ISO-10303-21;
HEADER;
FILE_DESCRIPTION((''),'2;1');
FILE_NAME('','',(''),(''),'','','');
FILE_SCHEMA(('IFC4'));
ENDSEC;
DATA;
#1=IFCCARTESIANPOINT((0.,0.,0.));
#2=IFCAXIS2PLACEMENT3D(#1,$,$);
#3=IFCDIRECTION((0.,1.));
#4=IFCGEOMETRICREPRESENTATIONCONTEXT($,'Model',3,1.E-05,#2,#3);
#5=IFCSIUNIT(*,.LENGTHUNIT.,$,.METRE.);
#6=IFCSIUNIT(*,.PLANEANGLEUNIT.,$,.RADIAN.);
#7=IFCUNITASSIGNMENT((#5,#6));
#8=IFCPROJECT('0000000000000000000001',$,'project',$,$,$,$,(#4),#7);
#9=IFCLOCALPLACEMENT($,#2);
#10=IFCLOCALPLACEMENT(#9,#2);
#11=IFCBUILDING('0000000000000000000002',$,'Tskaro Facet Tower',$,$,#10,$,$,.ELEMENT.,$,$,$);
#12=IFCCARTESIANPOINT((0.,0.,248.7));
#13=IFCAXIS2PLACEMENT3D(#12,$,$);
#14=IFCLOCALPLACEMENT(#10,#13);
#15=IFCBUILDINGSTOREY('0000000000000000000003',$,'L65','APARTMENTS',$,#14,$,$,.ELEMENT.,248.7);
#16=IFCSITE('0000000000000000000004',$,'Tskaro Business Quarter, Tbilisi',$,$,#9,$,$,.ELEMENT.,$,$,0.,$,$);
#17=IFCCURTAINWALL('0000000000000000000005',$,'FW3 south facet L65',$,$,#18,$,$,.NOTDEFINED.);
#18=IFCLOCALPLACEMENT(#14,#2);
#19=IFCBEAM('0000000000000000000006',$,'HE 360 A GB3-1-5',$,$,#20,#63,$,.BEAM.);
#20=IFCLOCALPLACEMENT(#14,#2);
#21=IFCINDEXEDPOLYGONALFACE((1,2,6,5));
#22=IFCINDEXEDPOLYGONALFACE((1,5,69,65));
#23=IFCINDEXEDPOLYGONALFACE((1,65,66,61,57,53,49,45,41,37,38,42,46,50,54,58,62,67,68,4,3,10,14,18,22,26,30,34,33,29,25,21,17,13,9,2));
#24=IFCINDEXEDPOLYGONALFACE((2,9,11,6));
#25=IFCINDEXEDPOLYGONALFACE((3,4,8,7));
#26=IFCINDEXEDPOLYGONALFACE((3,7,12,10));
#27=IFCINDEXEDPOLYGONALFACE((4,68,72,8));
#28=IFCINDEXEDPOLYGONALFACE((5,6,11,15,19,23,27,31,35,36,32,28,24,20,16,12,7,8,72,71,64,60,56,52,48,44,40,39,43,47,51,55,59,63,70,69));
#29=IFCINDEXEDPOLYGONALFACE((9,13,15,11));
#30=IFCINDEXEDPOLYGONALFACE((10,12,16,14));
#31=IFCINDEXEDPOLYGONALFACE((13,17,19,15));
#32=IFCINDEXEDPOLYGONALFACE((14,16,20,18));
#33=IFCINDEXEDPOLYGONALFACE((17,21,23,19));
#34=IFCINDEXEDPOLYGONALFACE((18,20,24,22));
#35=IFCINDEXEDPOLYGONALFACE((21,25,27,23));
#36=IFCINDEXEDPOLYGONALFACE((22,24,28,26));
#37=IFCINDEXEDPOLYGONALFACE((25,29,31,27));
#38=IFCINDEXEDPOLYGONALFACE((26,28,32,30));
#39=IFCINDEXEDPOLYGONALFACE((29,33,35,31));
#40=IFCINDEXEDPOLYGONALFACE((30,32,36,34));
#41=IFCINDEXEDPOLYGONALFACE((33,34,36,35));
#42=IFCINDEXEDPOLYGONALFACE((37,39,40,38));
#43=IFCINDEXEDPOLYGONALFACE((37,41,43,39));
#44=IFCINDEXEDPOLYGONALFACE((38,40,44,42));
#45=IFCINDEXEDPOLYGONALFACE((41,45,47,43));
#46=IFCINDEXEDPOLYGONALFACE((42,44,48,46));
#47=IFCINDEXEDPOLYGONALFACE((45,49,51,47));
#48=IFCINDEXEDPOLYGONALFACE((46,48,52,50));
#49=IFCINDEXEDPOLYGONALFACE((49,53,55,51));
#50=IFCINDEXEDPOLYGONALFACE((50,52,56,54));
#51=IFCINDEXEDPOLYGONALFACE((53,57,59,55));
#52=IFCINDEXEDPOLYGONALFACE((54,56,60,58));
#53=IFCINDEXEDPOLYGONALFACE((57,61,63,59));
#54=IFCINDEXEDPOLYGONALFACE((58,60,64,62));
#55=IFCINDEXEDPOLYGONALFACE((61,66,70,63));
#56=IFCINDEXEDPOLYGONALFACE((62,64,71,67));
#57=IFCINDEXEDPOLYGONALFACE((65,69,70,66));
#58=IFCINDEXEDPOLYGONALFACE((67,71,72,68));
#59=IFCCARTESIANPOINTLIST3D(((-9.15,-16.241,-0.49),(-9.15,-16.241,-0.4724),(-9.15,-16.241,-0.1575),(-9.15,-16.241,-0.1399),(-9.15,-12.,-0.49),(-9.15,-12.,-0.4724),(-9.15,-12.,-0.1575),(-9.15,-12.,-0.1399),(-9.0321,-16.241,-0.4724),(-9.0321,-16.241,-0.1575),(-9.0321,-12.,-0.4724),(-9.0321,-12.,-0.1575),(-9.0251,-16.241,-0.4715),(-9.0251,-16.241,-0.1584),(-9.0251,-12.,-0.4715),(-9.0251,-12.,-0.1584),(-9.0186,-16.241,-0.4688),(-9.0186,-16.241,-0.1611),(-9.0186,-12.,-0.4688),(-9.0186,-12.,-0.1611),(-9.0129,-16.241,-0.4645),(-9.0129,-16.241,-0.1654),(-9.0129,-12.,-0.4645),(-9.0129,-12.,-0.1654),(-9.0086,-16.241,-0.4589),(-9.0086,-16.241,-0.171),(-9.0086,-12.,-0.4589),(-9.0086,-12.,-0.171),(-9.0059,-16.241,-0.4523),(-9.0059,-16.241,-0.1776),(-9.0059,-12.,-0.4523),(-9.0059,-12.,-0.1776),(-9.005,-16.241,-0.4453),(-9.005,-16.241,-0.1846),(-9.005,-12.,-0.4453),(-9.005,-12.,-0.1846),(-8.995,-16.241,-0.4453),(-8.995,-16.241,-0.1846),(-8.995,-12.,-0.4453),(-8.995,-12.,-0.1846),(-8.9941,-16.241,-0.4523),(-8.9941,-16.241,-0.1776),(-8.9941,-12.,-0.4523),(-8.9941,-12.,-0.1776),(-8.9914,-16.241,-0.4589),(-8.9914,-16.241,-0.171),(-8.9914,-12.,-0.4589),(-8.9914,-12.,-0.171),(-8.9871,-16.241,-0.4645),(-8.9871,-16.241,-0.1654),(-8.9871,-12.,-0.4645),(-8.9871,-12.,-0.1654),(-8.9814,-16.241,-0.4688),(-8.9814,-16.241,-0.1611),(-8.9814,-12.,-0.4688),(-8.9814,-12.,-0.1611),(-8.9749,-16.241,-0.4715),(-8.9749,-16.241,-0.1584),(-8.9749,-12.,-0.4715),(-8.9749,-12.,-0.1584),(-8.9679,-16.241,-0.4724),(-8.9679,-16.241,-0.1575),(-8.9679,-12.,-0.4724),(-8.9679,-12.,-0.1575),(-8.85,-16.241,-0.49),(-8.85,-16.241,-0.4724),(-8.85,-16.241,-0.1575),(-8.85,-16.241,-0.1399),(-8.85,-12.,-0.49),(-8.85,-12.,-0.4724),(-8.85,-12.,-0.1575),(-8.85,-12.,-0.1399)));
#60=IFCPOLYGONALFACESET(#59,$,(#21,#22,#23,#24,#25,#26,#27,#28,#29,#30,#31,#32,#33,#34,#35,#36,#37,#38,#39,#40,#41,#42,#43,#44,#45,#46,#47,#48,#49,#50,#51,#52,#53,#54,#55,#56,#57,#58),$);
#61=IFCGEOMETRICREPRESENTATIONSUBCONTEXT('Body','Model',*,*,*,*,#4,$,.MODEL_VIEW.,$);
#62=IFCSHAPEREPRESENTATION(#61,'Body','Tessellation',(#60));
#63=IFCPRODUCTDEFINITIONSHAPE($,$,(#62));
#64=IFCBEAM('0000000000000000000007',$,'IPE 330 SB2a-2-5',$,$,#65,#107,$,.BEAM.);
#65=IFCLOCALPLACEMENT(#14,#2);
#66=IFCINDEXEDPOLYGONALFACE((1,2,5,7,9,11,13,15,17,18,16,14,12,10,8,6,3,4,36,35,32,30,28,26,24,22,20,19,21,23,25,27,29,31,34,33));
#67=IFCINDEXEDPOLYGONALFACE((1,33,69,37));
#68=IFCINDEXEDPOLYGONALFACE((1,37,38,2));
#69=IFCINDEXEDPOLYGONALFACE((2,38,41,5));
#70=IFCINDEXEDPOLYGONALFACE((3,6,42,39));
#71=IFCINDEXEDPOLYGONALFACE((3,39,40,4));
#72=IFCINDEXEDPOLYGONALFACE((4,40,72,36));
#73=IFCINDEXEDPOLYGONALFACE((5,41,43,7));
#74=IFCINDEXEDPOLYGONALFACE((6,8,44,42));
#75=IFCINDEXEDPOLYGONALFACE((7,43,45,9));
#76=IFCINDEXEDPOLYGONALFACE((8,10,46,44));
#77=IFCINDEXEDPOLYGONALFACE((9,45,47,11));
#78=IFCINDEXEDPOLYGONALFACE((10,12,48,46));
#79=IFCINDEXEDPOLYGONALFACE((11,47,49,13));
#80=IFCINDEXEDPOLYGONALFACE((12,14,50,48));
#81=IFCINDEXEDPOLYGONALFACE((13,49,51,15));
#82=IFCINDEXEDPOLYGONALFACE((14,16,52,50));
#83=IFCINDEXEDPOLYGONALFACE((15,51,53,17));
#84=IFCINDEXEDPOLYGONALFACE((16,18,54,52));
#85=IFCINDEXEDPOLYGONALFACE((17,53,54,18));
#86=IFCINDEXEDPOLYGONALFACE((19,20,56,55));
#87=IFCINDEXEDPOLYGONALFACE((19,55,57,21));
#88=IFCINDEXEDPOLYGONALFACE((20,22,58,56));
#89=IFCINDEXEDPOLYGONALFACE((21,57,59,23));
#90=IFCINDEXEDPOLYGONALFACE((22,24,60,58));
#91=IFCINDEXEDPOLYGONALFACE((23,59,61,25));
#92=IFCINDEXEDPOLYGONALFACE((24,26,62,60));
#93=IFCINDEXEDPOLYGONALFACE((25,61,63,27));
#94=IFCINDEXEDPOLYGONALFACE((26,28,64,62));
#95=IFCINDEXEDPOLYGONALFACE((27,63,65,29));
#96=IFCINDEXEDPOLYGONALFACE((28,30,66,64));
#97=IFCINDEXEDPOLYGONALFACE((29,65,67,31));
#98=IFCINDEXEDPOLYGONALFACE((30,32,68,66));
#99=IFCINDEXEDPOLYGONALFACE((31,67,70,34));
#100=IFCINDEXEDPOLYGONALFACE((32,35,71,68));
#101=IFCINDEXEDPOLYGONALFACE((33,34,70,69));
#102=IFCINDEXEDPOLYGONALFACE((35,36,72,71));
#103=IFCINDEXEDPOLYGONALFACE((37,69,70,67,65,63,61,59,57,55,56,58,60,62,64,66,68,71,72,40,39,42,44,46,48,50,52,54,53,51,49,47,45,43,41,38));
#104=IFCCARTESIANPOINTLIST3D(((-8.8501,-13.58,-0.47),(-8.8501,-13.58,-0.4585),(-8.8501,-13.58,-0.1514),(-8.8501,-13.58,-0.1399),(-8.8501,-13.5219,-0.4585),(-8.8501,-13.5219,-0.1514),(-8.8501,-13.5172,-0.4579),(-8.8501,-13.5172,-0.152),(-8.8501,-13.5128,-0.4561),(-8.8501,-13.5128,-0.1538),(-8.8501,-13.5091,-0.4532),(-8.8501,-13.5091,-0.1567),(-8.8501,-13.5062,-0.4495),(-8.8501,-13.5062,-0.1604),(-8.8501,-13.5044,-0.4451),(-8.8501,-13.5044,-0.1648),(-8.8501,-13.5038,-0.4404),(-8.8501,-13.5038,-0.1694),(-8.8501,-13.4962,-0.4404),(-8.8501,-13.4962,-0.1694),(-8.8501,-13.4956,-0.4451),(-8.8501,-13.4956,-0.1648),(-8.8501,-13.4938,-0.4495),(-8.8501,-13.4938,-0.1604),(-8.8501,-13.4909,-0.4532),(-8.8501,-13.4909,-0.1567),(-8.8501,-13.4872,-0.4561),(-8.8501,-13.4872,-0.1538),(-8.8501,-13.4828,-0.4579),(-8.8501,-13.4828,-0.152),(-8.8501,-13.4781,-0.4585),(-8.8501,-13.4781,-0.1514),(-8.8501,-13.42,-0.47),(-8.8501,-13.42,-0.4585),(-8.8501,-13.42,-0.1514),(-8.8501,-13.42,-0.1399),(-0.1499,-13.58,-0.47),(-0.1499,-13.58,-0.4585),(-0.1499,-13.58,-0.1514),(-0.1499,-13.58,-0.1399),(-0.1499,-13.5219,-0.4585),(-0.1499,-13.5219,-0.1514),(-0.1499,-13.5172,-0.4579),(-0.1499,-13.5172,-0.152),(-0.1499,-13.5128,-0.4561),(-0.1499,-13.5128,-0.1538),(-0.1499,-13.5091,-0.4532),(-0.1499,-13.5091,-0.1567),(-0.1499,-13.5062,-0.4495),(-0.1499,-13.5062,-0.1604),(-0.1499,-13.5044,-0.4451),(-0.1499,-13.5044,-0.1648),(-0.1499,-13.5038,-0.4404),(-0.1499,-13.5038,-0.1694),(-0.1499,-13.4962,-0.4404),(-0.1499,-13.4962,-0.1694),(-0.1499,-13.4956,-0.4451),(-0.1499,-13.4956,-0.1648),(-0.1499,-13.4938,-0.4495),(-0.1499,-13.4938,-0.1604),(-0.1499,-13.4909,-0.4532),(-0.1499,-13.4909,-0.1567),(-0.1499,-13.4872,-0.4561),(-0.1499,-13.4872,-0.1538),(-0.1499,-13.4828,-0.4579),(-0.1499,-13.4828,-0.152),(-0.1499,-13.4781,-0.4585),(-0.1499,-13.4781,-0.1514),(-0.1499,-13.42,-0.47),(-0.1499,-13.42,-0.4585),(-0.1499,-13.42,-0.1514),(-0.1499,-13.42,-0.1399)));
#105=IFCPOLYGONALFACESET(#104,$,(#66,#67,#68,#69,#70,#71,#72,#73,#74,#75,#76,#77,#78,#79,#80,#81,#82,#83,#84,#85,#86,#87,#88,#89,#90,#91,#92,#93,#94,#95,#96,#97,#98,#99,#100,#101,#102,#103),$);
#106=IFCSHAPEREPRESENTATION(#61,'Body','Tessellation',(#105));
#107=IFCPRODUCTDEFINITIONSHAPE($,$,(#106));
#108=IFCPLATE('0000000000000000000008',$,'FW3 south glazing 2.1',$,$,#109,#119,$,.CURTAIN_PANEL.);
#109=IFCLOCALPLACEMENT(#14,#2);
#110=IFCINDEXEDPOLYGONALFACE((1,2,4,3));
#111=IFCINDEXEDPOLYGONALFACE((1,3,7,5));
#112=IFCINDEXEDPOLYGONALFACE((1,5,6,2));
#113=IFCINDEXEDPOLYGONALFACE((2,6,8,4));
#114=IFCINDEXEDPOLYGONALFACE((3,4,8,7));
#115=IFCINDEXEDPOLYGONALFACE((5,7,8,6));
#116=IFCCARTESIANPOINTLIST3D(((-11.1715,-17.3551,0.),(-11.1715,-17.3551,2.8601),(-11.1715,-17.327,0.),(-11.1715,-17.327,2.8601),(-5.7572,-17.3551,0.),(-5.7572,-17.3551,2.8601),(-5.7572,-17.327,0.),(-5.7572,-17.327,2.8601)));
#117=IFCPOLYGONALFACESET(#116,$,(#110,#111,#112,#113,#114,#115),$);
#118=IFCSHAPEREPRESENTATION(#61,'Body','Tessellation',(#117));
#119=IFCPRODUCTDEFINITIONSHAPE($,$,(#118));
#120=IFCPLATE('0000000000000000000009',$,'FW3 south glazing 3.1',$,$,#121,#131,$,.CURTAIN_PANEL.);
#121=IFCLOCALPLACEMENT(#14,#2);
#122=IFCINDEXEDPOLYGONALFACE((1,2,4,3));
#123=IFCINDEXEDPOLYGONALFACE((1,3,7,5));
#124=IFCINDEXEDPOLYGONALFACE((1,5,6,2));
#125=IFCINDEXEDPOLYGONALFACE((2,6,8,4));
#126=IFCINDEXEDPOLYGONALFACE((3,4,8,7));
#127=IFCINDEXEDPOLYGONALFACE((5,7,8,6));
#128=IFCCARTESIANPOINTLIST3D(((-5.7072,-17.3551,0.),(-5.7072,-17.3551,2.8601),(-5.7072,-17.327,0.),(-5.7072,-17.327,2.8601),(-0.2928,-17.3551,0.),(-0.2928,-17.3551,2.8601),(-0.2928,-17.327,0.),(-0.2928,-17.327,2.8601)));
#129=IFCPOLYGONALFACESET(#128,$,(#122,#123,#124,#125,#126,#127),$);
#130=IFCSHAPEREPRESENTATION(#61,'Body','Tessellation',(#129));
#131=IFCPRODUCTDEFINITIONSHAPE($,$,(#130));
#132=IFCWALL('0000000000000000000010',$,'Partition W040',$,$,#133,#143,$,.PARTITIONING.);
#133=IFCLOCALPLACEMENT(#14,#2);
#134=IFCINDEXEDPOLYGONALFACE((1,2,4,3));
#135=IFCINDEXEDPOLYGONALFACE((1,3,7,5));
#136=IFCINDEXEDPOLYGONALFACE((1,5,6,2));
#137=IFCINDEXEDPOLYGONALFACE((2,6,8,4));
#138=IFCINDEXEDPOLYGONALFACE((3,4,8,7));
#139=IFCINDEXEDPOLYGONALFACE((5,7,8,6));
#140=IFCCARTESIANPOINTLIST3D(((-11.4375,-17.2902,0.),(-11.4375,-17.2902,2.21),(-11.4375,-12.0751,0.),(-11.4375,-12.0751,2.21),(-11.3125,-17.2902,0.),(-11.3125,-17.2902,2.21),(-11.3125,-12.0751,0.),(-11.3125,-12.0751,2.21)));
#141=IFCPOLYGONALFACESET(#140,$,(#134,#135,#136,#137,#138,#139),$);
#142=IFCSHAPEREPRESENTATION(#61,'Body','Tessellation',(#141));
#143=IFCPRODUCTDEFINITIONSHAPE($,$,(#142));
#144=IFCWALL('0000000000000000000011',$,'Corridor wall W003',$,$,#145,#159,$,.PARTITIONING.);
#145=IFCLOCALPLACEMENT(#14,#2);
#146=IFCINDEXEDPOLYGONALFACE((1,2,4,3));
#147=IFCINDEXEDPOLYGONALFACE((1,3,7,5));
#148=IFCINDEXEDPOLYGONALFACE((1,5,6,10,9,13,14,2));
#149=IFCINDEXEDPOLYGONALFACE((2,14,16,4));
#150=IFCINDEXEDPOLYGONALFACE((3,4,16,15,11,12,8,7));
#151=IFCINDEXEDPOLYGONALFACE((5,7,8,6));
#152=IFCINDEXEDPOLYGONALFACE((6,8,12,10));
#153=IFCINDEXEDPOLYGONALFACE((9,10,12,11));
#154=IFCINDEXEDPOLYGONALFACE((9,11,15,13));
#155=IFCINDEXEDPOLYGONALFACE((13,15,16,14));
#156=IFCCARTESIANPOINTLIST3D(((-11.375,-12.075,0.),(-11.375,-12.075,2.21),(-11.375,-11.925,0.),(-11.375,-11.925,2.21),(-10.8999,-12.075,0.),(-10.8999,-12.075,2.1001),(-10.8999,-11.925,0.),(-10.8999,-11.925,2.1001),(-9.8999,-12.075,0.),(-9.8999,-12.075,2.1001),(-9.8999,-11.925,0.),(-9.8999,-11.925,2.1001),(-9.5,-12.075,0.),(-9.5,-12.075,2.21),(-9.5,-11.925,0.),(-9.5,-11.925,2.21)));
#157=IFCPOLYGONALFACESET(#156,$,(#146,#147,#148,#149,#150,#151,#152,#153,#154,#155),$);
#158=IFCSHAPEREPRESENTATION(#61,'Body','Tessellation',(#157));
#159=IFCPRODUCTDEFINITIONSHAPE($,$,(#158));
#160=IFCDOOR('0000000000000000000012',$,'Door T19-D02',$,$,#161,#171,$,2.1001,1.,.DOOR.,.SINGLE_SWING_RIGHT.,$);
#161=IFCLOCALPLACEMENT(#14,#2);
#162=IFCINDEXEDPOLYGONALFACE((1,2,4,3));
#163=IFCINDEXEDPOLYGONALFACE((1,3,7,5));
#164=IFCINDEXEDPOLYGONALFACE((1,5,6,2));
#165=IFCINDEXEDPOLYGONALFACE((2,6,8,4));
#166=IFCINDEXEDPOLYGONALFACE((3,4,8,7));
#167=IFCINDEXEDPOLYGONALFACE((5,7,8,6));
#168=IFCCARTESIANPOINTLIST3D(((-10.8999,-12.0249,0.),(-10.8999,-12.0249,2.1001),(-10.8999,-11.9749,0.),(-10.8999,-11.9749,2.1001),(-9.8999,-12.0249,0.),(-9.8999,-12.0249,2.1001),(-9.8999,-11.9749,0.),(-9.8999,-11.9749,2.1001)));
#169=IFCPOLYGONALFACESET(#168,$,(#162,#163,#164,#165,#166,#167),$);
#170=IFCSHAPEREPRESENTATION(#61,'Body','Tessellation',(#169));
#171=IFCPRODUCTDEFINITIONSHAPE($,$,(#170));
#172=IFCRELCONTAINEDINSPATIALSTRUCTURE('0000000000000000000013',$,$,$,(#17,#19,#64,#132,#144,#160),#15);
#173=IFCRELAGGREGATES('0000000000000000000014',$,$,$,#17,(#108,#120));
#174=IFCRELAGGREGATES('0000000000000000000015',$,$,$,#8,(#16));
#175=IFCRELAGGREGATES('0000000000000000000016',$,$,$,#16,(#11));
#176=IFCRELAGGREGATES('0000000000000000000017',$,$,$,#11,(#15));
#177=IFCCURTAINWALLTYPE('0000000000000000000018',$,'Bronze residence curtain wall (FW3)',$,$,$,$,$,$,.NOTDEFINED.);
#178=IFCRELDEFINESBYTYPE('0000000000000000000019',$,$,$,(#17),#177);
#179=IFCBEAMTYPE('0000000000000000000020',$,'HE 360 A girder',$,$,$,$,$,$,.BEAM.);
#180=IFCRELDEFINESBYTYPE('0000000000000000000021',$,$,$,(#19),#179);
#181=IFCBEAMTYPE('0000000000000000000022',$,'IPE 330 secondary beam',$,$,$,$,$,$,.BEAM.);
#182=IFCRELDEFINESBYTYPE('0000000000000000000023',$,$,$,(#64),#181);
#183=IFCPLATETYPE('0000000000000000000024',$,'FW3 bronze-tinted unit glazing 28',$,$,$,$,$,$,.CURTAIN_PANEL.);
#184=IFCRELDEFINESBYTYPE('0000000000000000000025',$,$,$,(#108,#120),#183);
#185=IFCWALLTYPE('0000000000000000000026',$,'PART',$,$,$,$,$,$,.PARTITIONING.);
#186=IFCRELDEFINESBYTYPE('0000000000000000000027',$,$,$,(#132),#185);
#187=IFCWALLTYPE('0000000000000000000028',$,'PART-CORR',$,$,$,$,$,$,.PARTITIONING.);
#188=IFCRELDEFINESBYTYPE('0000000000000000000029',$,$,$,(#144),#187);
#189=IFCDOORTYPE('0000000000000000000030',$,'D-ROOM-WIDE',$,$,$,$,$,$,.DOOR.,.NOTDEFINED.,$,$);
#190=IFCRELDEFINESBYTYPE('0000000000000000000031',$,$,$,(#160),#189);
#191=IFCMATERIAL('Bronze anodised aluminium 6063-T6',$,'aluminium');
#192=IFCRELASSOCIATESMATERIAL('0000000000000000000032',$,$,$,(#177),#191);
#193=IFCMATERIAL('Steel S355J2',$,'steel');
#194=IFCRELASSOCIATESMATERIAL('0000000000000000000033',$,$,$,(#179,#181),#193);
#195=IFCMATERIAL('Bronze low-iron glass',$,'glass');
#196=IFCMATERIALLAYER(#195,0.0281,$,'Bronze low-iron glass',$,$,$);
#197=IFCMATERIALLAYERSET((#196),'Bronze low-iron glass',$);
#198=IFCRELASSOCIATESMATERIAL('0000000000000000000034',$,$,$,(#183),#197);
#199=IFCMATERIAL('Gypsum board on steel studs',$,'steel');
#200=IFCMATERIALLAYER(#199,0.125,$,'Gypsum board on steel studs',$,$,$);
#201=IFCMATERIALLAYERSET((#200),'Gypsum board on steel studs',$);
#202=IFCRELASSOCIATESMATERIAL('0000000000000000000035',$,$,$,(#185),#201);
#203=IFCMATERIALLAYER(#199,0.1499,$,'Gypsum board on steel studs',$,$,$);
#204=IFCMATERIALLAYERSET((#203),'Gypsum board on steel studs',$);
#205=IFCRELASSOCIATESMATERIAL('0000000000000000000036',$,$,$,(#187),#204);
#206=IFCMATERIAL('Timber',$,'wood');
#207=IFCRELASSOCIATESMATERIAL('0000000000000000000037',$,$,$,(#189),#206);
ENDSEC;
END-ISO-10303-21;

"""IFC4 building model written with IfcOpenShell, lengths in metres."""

from ifc_helpers import new_model, si_unit, direction, frame, frame_2d, origin, origin_2d, place, context, subcontext, project, spatial, rectangle, i_section, extrude, material, layer, layer_set, material_profile, profile_set, type_object, element, fill, aggregate, save


model = new_model("IFC4")

# Units and contexts
model_context = context("Model", 3, precision=1e-05, world=origin(), true_north=direction((0.0, 1.0)))
body_context = subcontext(model_context, "Body", "Model", "MODEL_VIEW")
ifc_project = project(units=[si_unit("LENGTHUNIT", "METRE"), si_unit("PLANEANGLEUNIT", "RADIAN")], contexts=[model_context])

# Site, building, storey
site_placement = place(None, origin())
site = spatial("IfcSite", under=ifc_project, at=site_placement, Name="Tskaro Business Quarter, Tbilisi", CompositionType="ELEMENT", RefElevation=0.0)
building_placement = place(site_placement, origin())
building = spatial("IfcBuilding", under=site, at=building_placement, Name="Tskaro Facet Tower", CompositionType="ELEMENT")
storey_placement = place(building_placement, frame((0.0, 0.0, 248.7)))
storey = spatial("IfcBuildingStorey", under=building, at=storey_placement, Name="L65", Description="APARTMENTS", CompositionType="ELEMENT", Elevation=248.7)

# Shared definitions
ifc_material_1 = material(Name="Steel S355J2", Category="steel")

# Curtain wall
ifc_material_2 = material(Name="Bronze anodised aluminium 6063-T6", Category="aluminium")
curtain_wall_type = type_object("IfcCurtainWallType", Name="Bronze residence curtain wall (FW3)", PredefinedType="NOTDEFINED", material=ifc_material_2)
curtain_wall_placement = place(storey_placement, origin())
curtain_wall = element("IfcCurtainWall", 1, at=curtain_wall_placement, inside=storey, type_object=curtain_wall_type, Name="FW3 south facet L65", PredefinedType="NOTDEFINED")

# Beams
ifc_material_profile_1 = material_profile(ifc_material_1, i_section(OverallWidth=0.3, OverallDepth=0.3501, WebThickness=0.01, FlangeThickness=0.0176, FilletRadius=0.0271, at=origin_2d()), Name="HE 360 A")
ifc_profile_set_1 = profile_set([ifc_material_profile_1], Name="Steel S355J2")
beam_type_1 = type_object("IfcBeamType", Name="HE 360 A girder", PredefinedType="BEAM", material=ifc_profile_set_1)
beam_1_placement = place(storey_placement, frame((-9.0, -16.241, -0.3149), z_axis=(0.0, 1.0, 0.0), x_axis=(-1.0, 0.0, 0.0)))
element("IfcBeam", 2, at=beam_1_placement, inside=storey, type_object=beam_type_1, Name="HE 360 A GB3-1-5", PredefinedType="BEAM", context=body_context, shape_type="SweptSolid", body=[
    extrude(i_section(OverallWidth=0.3, OverallDepth=0.3501, WebThickness=0.01, FlangeThickness=0.0176, FilletRadius=0.0271, at=origin_2d()), origin(), (0.0, 0.0, 1.0), 4.241),
])
ifc_material_profile_2 = material_profile(ifc_material_1, i_section(OverallWidth=0.1599, OverallDepth=0.3301, WebThickness=0.0076, FlangeThickness=0.0115, FilletRadius=0.0181, at=origin_2d()), Name="IPE 330")
ifc_profile_set_2 = profile_set([ifc_material_profile_2], Name="Steel S355J2")
beam_type_2 = type_object("IfcBeamType", Name="IPE 330 secondary beam", PredefinedType="BEAM", material=ifc_profile_set_2)
beam_2_placement = place(storey_placement, frame((-8.8501, -13.5, -0.3049), z_axis=(1.0, 0.0, 0.0), x_axis=(0.0, 1.0, 0.0)))
element("IfcBeam", 3, at=beam_2_placement, inside=storey, type_object=beam_type_2, Name="IPE 330 SB2a-2-5", PredefinedType="BEAM", context=body_context, shape_type="SweptSolid", body=[
    extrude(i_section(OverallWidth=0.1599, OverallDepth=0.3301, WebThickness=0.0076, FlangeThickness=0.0115, FilletRadius=0.0181, at=origin_2d()), origin(), (0.0, 0.0, 1.0), 8.7002),
])

# Plates
ifc_material_3 = material(Name="Bronze low-iron glass", Category="glass")
ifc_layer_1 = layer(ifc_material_3, 0.0281, Name="Bronze low-iron glass")
ifc_layer_set_1 = layer_set([ifc_layer_1], Name="Bronze low-iron glass")
plate_type = type_object("IfcPlateType", Name="FW3 bronze-tinted unit glazing 28", PredefinedType="CURTAIN_PANEL", material=ifc_layer_set_1)
plate_1_placement = place(storey_placement, frame((-8.4644, -17.3411, 0.0), z_axis=(0.0, 0.0, 1.0), x_axis=(1.0, 0.0, 0.0)))
plate_1 = element("IfcPlate", 4, at=plate_1_placement, type_object=plate_type, Name="FW3 south glazing 2.1", PredefinedType="CURTAIN_PANEL", context=body_context, shape_type="SweptSolid", body=[
    extrude(rectangle(XDim=5.4143, YDim=0.0281, at=origin_2d()), origin(), (0.0, 0.0, 1.0), 2.8601),
])
plate_2_placement = place(storey_placement, frame((-3.0, -17.3411, 0.0), z_axis=(0.0, 0.0, 1.0), x_axis=(1.0, 0.0, 0.0)))
plate_2 = element("IfcPlate", 5, at=plate_2_placement, type_object=plate_type, Name="FW3 south glazing 3.1", PredefinedType="CURTAIN_PANEL", context=body_context, shape_type="SweptSolid", body=[
    extrude(rectangle(XDim=5.4143, YDim=0.0281, at=origin_2d()), origin(), (0.0, 0.0, 1.0), 2.8601),
])
aggregate(curtain_wall, [plate_1, plate_2])

# Wall
ifc_material_4 = material(Name="Gypsum board on steel studs", Category="steel")
ifc_layer_2 = layer(ifc_material_4, 0.125, Name="Gypsum board on steel studs")
ifc_layer_set_2 = layer_set([ifc_layer_2], Name="Gypsum board on steel studs")
wall_type_1 = type_object("IfcWallType", Name="PART", PredefinedType="PARTITIONING", material=ifc_layer_set_2)
wall_1_placement = place(storey_placement, frame((-11.375, -17.29, 0.0), z_axis=(0.0, 0.0, 1.0), x_axis=(0.0, 1.0, 0.0)))
element("IfcWall", 6, at=wall_1_placement, inside=storey, type_object=wall_type_1, Name="Partition W040", PredefinedType="PARTITIONING", context=body_context, shape_type="SweptSolid", body=[
    extrude(rectangle(XDim=5.2151, YDim=0.125, at=frame_2d((2.6074, 0.0))), origin(), (0.0, 0.0, 1.0), 2.21),
])

# Wall, opening, door
ifc_layer_3 = layer(ifc_material_4, 0.1499, Name="Gypsum board on steel studs")
ifc_layer_set_3 = layer_set([ifc_layer_3], Name="Gypsum board on steel studs")
wall_type_2 = type_object("IfcWallType", Name="PART-CORR", PredefinedType="PARTITIONING", material=ifc_layer_set_3)
wall_2_placement = place(storey_placement, frame((-9.5, -12.0, 0.0), z_axis=(0.0, 0.0, 1.0), x_axis=(-1.0, 0.0, 0.0)))
wall_2 = element("IfcWall", 7, at=wall_2_placement, inside=storey, type_object=wall_type_2, Name="Corridor wall W003", PredefinedType="PARTITIONING", context=body_context, shape_type="SweptSolid", body=[
    extrude(rectangle(XDim=1.875, YDim=0.1499, at=frame_2d((0.9375, 0.0))), origin(), (0.0, 0.0, 1.0), 2.21),
])
opening_1_placement = place(wall_2_placement, frame((0.3999, 0.0, 0.0)))
opening_1 = element("IfcOpeningElement", 8, at=opening_1_placement, cuts=wall_2, PredefinedType="OPENING", context=body_context, shape_type="SweptSolid", body=[
    extrude(rectangle(XDim=1.0, YDim=2.1001, at=frame_2d((0.5, 1.05))), frame((0.0, 0.085, 0.0), z_axis=(0.0, -1.0, 0.0), x_axis=(1.0, 0.0, 0.0)), (0.0, 0.0, 1.0), 0.1699),
])
ifc_material_5 = material(Name="Timber", Category="wood")
door_type_1 = type_object("IfcDoorType", Name="D-ROOM-WIDE", OperationType="NOTDEFINED", PredefinedType="DOOR", material=ifc_material_5)
door_1_placement = place(opening_1_placement, origin())
door_1 = element("IfcDoor", 9, at=door_1_placement, inside=storey, type_object=door_type_1, Name="Door T19-D02", OperationType="SINGLE_SWING_RIGHT", OverallHeight=2.1001, OverallWidth=1.0, PredefinedType="DOOR", context=body_context, shape_type="SweptSolid", body=[
    extrude(rectangle(XDim=1.0, YDim=2.1001, at=frame_2d((0.5, 1.05))), frame((0.0, 0.0249, 0.0), z_axis=(0.0, -1.0, 0.0), x_axis=(1.0, 0.0, 0.0)), (0.0, 0.0, 1.0), 0.05),
])
fill(opening_1, door_1)

save(model, "model.ifc")
